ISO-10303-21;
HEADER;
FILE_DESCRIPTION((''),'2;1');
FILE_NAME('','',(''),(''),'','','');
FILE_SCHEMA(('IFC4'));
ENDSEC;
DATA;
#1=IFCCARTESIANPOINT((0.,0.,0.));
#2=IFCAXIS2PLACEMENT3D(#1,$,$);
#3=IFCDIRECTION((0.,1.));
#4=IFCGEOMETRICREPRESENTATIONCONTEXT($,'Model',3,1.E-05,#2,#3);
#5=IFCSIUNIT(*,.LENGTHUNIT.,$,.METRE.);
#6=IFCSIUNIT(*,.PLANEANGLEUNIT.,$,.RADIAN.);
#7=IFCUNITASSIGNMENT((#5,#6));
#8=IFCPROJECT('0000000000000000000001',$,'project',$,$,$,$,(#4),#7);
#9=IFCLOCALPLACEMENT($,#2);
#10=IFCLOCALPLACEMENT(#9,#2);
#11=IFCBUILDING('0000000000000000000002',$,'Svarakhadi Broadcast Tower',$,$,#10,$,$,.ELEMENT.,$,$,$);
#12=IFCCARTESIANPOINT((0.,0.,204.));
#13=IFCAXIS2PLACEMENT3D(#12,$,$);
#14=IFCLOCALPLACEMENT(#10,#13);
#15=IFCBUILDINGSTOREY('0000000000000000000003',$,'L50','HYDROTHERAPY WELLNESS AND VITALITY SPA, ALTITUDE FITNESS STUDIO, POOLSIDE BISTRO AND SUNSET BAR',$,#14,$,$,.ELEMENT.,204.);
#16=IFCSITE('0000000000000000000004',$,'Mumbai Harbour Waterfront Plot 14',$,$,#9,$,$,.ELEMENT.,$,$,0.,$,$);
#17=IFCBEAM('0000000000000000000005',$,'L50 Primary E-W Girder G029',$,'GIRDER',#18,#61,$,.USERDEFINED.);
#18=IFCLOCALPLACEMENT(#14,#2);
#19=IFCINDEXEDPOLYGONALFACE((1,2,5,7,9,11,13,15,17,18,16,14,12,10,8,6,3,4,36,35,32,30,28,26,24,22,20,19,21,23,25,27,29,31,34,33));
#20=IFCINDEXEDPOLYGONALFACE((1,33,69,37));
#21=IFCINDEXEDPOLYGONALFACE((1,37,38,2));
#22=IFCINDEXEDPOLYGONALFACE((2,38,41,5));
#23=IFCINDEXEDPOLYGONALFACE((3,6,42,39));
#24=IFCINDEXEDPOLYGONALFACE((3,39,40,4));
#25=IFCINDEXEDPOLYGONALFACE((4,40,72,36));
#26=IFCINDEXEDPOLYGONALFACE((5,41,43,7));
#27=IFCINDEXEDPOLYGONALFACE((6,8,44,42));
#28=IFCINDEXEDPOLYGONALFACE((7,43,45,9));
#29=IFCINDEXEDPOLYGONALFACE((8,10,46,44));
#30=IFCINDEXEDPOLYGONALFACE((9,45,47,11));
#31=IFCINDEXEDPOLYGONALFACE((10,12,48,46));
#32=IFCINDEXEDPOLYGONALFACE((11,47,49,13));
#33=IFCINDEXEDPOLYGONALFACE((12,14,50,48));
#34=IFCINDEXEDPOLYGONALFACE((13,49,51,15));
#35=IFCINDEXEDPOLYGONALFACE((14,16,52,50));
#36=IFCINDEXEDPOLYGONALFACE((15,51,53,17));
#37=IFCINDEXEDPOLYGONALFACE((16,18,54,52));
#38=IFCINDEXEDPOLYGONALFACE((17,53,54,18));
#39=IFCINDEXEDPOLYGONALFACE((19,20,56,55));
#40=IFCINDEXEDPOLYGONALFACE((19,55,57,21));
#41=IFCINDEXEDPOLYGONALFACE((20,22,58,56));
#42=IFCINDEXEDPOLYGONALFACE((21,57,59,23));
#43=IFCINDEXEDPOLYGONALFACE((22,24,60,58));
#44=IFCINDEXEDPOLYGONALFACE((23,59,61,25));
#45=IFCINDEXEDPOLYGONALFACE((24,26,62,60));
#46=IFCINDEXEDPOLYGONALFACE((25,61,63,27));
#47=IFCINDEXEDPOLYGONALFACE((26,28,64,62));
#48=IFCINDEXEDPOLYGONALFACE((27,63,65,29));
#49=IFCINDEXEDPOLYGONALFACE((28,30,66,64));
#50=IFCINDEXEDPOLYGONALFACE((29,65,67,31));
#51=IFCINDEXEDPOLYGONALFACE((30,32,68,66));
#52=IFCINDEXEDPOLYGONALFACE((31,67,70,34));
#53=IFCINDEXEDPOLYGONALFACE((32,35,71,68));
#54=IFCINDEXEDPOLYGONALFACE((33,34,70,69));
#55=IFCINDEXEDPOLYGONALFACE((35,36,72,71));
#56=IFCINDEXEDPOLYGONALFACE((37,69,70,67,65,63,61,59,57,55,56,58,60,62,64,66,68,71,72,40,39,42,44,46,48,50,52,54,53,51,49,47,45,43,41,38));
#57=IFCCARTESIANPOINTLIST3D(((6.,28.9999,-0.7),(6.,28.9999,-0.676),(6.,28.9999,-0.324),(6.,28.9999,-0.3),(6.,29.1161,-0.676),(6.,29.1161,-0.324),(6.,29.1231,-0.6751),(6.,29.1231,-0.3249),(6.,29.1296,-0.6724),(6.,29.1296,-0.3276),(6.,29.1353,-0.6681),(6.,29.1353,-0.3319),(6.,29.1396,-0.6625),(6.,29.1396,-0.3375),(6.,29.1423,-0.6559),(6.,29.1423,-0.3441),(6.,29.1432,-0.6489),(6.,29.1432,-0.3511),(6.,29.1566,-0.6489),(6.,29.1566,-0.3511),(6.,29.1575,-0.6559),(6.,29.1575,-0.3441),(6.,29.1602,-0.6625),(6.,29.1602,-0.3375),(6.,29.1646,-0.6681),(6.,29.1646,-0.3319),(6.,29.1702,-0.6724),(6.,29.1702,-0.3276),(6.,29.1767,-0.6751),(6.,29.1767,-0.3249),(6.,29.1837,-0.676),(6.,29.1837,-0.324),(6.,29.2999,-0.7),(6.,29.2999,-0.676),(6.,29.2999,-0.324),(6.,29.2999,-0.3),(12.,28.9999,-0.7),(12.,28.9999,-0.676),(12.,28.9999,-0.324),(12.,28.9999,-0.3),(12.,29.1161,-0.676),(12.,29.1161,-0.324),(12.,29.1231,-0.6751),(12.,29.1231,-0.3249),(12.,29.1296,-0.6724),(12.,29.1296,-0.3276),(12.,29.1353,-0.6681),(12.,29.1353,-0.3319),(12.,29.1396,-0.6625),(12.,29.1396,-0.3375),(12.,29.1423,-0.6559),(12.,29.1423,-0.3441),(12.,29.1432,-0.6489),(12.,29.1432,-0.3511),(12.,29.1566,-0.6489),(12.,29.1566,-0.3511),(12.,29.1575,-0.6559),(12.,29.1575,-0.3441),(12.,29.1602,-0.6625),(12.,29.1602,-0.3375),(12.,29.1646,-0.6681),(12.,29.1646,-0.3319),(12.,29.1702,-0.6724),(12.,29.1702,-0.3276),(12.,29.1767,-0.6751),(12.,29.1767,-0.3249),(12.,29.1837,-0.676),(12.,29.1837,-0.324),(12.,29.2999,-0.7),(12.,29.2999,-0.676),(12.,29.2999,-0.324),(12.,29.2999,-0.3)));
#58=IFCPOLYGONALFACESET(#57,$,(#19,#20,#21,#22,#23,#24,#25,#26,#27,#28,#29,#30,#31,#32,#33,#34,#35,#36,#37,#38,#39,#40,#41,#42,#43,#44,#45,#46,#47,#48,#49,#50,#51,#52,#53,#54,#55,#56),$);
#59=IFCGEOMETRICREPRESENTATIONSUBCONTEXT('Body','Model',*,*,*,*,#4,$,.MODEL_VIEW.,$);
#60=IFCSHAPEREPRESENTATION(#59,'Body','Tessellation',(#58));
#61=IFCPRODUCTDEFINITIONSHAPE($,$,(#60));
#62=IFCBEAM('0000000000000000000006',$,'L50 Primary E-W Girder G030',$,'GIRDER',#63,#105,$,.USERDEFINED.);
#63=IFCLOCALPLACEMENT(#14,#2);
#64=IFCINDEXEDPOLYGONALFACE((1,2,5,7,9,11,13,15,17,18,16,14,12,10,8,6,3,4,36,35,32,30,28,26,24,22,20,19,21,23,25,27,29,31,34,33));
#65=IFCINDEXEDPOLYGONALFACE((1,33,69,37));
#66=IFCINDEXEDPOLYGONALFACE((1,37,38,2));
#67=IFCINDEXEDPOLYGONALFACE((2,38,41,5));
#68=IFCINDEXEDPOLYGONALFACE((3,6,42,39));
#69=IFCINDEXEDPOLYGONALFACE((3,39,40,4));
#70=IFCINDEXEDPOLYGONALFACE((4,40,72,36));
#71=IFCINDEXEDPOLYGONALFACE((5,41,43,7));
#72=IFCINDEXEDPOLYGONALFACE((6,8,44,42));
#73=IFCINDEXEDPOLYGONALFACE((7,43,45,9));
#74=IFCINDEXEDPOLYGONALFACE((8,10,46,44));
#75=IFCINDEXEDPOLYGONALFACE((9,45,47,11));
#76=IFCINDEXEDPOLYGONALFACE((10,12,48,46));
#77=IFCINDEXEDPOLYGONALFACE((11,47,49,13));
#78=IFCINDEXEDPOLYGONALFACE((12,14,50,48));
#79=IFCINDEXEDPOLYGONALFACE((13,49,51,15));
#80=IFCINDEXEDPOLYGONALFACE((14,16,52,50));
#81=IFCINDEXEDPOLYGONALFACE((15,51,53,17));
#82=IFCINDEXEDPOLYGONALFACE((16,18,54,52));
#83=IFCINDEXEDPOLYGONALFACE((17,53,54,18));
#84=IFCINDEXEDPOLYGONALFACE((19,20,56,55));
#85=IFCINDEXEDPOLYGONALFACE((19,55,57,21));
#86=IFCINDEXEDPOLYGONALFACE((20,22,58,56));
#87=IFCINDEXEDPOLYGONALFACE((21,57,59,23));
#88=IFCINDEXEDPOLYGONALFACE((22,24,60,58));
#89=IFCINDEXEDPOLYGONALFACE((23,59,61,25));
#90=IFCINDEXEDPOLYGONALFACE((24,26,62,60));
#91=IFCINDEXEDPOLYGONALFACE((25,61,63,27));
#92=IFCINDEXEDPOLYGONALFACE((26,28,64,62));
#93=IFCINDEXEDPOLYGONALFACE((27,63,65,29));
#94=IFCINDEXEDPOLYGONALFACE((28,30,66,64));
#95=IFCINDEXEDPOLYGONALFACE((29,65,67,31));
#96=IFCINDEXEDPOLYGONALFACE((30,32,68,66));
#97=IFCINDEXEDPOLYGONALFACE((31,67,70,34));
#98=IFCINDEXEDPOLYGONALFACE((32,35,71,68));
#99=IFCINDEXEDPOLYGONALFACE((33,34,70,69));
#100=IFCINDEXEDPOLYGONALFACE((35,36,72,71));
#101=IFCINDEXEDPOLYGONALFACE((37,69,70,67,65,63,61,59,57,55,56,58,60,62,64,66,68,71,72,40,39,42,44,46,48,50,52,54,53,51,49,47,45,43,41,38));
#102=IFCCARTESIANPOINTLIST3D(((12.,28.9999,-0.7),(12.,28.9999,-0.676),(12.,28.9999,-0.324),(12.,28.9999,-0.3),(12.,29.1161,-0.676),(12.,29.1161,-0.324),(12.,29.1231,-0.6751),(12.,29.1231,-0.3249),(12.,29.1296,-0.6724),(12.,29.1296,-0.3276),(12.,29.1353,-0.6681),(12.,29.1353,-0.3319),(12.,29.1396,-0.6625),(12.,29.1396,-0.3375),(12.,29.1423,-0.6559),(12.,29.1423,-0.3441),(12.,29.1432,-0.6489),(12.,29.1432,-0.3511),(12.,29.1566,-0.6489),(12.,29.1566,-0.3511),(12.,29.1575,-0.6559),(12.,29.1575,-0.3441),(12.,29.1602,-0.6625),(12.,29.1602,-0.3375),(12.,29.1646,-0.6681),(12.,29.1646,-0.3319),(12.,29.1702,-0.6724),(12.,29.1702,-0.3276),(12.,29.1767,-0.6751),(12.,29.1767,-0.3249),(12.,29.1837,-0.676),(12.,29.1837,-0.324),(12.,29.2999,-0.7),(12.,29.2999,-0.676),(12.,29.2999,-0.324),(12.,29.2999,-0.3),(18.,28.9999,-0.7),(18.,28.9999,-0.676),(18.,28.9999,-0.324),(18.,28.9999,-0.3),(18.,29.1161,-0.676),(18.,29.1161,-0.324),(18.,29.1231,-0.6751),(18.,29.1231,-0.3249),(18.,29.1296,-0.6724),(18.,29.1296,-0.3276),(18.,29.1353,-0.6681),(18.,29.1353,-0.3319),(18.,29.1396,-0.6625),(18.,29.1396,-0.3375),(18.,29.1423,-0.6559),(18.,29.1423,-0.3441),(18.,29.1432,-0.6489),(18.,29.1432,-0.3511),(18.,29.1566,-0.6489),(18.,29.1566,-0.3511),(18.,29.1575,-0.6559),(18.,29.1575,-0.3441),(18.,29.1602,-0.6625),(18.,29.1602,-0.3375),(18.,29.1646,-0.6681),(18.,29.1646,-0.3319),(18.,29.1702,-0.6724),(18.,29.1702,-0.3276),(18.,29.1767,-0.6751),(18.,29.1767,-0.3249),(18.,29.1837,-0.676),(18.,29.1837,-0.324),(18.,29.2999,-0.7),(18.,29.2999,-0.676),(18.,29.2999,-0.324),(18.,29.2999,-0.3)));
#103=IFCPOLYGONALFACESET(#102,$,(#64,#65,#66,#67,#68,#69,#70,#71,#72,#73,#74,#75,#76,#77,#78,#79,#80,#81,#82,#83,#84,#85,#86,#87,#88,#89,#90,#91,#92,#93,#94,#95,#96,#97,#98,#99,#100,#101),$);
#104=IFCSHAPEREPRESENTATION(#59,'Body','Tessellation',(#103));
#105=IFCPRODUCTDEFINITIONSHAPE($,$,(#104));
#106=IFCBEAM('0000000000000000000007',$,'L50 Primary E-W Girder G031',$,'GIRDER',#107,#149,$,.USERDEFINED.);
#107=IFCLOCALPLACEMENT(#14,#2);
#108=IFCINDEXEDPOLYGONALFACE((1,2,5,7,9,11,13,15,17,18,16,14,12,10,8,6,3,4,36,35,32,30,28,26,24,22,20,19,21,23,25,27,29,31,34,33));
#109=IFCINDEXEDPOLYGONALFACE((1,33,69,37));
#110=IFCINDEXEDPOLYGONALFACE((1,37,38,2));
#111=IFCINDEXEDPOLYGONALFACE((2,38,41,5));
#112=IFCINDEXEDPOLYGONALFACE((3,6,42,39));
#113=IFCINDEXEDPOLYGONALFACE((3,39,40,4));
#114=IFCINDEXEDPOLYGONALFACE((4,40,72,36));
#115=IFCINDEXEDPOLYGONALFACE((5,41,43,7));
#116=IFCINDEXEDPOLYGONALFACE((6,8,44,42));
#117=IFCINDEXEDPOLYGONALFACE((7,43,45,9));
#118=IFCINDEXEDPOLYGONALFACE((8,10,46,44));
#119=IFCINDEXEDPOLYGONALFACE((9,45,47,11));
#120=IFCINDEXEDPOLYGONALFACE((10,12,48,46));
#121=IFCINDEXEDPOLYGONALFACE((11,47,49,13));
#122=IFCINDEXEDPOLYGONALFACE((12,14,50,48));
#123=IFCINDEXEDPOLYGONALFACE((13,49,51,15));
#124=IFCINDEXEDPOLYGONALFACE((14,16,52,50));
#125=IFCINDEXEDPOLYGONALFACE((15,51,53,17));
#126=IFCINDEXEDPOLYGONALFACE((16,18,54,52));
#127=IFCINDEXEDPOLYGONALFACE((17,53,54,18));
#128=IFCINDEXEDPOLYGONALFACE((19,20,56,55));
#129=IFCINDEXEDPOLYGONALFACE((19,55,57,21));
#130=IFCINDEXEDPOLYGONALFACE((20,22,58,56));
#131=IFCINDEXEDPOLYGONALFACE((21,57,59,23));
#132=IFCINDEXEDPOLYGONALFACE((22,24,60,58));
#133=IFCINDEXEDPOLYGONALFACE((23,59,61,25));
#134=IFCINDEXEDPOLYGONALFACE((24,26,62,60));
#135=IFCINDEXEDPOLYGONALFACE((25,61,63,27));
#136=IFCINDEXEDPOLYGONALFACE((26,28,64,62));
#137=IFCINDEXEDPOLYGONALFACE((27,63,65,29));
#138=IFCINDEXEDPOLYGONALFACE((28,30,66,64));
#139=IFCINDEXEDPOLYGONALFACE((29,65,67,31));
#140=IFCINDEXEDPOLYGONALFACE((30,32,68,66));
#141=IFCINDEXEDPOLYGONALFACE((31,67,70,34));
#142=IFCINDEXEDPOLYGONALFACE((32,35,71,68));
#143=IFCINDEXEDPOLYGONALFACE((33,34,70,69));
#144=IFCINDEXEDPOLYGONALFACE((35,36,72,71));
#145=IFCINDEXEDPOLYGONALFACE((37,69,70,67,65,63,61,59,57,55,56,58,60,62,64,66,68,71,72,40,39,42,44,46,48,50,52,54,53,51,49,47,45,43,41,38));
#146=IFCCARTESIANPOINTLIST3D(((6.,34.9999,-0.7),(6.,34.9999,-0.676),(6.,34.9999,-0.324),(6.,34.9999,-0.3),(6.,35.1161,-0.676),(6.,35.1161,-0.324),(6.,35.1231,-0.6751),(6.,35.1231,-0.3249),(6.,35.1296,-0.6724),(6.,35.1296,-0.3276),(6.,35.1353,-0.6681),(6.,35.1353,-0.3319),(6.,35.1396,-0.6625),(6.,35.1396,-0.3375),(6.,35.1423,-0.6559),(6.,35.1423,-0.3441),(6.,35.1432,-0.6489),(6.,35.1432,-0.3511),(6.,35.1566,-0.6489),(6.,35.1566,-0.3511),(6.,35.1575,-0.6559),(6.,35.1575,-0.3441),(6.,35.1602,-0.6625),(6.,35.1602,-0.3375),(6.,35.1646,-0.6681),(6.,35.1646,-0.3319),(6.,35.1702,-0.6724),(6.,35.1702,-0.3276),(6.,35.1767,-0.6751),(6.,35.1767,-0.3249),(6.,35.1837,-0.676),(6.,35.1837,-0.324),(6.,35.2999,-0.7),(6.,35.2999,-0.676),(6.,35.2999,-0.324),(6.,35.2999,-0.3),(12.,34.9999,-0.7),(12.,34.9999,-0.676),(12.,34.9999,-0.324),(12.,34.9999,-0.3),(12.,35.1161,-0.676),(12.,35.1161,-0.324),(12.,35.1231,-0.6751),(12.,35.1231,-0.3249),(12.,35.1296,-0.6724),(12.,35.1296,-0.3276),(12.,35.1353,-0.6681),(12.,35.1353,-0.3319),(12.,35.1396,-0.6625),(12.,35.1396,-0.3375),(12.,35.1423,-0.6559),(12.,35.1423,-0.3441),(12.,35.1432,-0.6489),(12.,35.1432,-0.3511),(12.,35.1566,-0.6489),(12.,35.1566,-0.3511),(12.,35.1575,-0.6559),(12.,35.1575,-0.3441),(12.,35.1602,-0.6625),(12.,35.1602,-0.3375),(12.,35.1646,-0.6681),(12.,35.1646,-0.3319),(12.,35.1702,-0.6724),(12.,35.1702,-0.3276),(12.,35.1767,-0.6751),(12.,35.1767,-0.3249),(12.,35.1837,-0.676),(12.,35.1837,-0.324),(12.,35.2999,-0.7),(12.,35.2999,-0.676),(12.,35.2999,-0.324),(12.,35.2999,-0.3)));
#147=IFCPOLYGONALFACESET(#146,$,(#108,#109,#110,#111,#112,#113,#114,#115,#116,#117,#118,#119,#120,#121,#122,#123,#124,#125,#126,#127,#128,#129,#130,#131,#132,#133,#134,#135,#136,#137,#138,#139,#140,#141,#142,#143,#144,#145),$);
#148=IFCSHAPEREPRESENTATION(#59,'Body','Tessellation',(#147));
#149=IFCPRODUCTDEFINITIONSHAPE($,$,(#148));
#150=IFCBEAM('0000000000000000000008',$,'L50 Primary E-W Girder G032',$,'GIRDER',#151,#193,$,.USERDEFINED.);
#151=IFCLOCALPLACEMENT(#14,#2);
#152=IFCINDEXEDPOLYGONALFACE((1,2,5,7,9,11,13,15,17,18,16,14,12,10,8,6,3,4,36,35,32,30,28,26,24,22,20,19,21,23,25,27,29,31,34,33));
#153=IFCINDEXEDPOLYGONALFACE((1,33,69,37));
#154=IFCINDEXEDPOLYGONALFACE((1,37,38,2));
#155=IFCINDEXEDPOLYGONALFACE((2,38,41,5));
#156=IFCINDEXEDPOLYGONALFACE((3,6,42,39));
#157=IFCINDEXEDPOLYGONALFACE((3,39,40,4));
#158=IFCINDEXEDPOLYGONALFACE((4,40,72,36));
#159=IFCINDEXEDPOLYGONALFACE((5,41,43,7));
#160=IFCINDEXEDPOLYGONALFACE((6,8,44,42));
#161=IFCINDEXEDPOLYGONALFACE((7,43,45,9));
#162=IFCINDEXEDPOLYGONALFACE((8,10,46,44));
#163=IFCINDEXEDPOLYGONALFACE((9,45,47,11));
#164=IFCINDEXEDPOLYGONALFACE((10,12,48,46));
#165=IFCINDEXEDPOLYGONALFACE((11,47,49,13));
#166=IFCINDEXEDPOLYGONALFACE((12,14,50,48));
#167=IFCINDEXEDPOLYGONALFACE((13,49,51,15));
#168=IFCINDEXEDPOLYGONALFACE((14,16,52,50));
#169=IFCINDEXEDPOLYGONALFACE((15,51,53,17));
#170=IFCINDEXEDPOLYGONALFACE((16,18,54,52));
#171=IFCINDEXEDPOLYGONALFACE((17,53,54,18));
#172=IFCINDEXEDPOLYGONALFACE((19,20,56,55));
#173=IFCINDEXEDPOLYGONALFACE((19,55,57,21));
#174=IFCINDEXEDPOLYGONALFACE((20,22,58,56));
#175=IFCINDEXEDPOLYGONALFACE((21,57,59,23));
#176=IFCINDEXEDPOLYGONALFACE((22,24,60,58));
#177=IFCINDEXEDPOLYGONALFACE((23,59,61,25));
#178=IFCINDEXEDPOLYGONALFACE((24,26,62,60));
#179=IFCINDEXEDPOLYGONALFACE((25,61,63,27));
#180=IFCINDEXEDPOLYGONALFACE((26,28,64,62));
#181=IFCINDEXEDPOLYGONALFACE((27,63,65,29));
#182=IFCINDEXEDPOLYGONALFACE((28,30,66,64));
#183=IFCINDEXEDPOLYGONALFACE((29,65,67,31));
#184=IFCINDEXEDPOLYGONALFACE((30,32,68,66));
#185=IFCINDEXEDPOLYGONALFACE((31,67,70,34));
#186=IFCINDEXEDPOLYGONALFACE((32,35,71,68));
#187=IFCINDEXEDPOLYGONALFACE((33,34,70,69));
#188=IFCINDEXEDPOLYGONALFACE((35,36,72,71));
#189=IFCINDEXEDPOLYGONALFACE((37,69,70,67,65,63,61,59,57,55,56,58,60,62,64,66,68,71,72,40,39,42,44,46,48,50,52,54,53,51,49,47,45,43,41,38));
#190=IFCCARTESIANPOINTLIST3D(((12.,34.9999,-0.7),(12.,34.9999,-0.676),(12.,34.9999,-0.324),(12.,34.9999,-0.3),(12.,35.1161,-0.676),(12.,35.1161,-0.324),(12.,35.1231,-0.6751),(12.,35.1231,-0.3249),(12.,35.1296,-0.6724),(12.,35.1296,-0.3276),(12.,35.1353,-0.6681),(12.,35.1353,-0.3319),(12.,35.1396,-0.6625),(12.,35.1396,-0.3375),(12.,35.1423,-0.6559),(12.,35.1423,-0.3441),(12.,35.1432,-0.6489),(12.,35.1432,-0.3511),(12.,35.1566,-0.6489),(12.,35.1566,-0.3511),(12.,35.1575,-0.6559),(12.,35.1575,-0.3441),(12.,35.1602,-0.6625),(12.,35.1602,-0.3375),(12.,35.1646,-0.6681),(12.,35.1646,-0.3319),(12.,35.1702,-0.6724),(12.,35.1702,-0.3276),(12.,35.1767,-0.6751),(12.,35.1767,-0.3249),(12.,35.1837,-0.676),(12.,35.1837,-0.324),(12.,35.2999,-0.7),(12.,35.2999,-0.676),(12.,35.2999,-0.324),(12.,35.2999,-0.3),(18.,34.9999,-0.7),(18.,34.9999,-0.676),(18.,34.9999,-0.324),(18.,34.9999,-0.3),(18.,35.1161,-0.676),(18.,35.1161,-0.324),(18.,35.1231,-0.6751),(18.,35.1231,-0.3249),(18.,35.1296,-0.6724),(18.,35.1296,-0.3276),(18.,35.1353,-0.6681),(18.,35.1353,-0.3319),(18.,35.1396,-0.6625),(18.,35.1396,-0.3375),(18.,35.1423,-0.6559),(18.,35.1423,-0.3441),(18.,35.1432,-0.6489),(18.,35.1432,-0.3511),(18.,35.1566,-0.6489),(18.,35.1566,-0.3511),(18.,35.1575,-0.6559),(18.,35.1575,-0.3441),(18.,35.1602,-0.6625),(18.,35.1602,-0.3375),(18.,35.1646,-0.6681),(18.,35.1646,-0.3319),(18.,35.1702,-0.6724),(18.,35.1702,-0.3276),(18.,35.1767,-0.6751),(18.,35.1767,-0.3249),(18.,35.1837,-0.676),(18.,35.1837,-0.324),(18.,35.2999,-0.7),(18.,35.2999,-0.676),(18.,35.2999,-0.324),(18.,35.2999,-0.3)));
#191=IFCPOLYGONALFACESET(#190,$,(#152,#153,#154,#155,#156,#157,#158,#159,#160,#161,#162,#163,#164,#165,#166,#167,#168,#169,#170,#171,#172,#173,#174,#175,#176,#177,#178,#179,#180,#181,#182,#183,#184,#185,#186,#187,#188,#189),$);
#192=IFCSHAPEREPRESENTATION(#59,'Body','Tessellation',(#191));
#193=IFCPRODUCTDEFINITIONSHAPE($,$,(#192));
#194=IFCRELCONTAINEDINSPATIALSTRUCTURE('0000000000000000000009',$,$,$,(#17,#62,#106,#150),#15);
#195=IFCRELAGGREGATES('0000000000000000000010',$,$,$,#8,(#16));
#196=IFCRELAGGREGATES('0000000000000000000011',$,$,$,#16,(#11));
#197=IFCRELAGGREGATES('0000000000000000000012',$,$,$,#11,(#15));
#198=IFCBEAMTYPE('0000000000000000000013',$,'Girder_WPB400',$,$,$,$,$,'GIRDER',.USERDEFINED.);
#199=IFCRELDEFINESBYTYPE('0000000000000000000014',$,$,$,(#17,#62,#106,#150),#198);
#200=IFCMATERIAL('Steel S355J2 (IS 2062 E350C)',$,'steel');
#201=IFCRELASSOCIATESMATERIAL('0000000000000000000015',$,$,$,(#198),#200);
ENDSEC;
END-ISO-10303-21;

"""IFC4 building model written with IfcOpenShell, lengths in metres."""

from ifc_helpers import new_model, si_unit, direction, frame, origin, origin_2d, place, context, subcontext, project, spatial, i_section, extrude, material, material_profile, profile_set, type_object, element, save


model = new_model("IFC4")

# Units and contexts
model_context = context("Model", 3, precision=1e-05, world=origin(), true_north=direction((0.0, 1.0)))
body_context = subcontext(model_context, "Body", "Model", "MODEL_VIEW")
ifc_project = project(units=[si_unit("LENGTHUNIT", "METRE"), si_unit("PLANEANGLEUNIT", "RADIAN")], contexts=[model_context])

# Site, building, storey
site_placement = place(None, origin())
site = spatial("IfcSite", under=ifc_project, at=site_placement, Name="Mumbai Harbour Waterfront Plot 14", CompositionType="ELEMENT", RefElevation=0.0)
building_placement = place(site_placement, origin())
building = spatial("IfcBuilding", under=site, at=building_placement, Name="Svarakhadi Broadcast Tower", CompositionType="ELEMENT")
storey_placement = place(building_placement, frame((0.0, 0.0, 204.0)))
storey = spatial("IfcBuildingStorey", under=building, at=storey_placement, Name="L50", Description="HYDROTHERAPY WELLNESS AND VITALITY SPA, ALTITUDE FITNESS STUDIO, POOLSIDE BISTRO AND SUNSET BAR", CompositionType="ELEMENT", Elevation=204.0)

# Shared definitions
ifc_material_1 = material(Name="Steel S355J2 (IS 2062 E350C)", Category="steel")

# Beams
ifc_material_profile_1 = material_profile(ifc_material_1, i_section(OverallWidth=0.3, OverallDepth=0.3999, WebThickness=0.0134, FlangeThickness=0.0239, FilletRadius=0.0271, at=origin_2d()), Name="WPB 400x300x155")
ifc_profile_set_1 = profile_set([ifc_material_profile_1], Name="Steel S355J2 (IS 2062 E350C)")
beam_type_1 = type_object("IfcBeamType", Name="Girder_WPB400", ElementType="GIRDER", PredefinedType="USERDEFINED", material=ifc_profile_set_1)
for number, where, z_axis, x_axis, name in (
    (1, (6.0, 29.1499, -0.5), (1.0, 0.0, 0.0), (0.0, 1.0, 0.0), "L50 Primary E-W Girder G029"),
    (2, (12.0, 29.1499, -0.5), (1.0, 0.0, 0.0), (0.0, 1.0, 0.0), "L50 Primary E-W Girder G030"),
    (3, (6.0, 35.1499, -0.5), (1.0, 0.0, 0.0), (0.0, 1.0, 0.0), "L50 Primary E-W Girder G031"),
    (4, (12.0, 35.1499, -0.5), (1.0, 0.0, 0.0), (0.0, 1.0, 0.0), "L50 Primary E-W Girder G032"),
):
    element("IfcBeam", number, at=place(storey_placement, frame(where, z_axis=z_axis, x_axis=x_axis)), inside=storey, type_object=beam_type_1, Name=name, ObjectType="GIRDER", PredefinedType="USERDEFINED", context=body_context, shape_type="SweptSolid", body=[
        extrude(i_section(OverallWidth=0.3, OverallDepth=0.3999, WebThickness=0.0134, FlangeThickness=0.0239, FilletRadius=0.0271, at=origin_2d()), origin(), (0.0, 0.0, 1.0), 6.0),
    ])

save(model, "model.ifc")
